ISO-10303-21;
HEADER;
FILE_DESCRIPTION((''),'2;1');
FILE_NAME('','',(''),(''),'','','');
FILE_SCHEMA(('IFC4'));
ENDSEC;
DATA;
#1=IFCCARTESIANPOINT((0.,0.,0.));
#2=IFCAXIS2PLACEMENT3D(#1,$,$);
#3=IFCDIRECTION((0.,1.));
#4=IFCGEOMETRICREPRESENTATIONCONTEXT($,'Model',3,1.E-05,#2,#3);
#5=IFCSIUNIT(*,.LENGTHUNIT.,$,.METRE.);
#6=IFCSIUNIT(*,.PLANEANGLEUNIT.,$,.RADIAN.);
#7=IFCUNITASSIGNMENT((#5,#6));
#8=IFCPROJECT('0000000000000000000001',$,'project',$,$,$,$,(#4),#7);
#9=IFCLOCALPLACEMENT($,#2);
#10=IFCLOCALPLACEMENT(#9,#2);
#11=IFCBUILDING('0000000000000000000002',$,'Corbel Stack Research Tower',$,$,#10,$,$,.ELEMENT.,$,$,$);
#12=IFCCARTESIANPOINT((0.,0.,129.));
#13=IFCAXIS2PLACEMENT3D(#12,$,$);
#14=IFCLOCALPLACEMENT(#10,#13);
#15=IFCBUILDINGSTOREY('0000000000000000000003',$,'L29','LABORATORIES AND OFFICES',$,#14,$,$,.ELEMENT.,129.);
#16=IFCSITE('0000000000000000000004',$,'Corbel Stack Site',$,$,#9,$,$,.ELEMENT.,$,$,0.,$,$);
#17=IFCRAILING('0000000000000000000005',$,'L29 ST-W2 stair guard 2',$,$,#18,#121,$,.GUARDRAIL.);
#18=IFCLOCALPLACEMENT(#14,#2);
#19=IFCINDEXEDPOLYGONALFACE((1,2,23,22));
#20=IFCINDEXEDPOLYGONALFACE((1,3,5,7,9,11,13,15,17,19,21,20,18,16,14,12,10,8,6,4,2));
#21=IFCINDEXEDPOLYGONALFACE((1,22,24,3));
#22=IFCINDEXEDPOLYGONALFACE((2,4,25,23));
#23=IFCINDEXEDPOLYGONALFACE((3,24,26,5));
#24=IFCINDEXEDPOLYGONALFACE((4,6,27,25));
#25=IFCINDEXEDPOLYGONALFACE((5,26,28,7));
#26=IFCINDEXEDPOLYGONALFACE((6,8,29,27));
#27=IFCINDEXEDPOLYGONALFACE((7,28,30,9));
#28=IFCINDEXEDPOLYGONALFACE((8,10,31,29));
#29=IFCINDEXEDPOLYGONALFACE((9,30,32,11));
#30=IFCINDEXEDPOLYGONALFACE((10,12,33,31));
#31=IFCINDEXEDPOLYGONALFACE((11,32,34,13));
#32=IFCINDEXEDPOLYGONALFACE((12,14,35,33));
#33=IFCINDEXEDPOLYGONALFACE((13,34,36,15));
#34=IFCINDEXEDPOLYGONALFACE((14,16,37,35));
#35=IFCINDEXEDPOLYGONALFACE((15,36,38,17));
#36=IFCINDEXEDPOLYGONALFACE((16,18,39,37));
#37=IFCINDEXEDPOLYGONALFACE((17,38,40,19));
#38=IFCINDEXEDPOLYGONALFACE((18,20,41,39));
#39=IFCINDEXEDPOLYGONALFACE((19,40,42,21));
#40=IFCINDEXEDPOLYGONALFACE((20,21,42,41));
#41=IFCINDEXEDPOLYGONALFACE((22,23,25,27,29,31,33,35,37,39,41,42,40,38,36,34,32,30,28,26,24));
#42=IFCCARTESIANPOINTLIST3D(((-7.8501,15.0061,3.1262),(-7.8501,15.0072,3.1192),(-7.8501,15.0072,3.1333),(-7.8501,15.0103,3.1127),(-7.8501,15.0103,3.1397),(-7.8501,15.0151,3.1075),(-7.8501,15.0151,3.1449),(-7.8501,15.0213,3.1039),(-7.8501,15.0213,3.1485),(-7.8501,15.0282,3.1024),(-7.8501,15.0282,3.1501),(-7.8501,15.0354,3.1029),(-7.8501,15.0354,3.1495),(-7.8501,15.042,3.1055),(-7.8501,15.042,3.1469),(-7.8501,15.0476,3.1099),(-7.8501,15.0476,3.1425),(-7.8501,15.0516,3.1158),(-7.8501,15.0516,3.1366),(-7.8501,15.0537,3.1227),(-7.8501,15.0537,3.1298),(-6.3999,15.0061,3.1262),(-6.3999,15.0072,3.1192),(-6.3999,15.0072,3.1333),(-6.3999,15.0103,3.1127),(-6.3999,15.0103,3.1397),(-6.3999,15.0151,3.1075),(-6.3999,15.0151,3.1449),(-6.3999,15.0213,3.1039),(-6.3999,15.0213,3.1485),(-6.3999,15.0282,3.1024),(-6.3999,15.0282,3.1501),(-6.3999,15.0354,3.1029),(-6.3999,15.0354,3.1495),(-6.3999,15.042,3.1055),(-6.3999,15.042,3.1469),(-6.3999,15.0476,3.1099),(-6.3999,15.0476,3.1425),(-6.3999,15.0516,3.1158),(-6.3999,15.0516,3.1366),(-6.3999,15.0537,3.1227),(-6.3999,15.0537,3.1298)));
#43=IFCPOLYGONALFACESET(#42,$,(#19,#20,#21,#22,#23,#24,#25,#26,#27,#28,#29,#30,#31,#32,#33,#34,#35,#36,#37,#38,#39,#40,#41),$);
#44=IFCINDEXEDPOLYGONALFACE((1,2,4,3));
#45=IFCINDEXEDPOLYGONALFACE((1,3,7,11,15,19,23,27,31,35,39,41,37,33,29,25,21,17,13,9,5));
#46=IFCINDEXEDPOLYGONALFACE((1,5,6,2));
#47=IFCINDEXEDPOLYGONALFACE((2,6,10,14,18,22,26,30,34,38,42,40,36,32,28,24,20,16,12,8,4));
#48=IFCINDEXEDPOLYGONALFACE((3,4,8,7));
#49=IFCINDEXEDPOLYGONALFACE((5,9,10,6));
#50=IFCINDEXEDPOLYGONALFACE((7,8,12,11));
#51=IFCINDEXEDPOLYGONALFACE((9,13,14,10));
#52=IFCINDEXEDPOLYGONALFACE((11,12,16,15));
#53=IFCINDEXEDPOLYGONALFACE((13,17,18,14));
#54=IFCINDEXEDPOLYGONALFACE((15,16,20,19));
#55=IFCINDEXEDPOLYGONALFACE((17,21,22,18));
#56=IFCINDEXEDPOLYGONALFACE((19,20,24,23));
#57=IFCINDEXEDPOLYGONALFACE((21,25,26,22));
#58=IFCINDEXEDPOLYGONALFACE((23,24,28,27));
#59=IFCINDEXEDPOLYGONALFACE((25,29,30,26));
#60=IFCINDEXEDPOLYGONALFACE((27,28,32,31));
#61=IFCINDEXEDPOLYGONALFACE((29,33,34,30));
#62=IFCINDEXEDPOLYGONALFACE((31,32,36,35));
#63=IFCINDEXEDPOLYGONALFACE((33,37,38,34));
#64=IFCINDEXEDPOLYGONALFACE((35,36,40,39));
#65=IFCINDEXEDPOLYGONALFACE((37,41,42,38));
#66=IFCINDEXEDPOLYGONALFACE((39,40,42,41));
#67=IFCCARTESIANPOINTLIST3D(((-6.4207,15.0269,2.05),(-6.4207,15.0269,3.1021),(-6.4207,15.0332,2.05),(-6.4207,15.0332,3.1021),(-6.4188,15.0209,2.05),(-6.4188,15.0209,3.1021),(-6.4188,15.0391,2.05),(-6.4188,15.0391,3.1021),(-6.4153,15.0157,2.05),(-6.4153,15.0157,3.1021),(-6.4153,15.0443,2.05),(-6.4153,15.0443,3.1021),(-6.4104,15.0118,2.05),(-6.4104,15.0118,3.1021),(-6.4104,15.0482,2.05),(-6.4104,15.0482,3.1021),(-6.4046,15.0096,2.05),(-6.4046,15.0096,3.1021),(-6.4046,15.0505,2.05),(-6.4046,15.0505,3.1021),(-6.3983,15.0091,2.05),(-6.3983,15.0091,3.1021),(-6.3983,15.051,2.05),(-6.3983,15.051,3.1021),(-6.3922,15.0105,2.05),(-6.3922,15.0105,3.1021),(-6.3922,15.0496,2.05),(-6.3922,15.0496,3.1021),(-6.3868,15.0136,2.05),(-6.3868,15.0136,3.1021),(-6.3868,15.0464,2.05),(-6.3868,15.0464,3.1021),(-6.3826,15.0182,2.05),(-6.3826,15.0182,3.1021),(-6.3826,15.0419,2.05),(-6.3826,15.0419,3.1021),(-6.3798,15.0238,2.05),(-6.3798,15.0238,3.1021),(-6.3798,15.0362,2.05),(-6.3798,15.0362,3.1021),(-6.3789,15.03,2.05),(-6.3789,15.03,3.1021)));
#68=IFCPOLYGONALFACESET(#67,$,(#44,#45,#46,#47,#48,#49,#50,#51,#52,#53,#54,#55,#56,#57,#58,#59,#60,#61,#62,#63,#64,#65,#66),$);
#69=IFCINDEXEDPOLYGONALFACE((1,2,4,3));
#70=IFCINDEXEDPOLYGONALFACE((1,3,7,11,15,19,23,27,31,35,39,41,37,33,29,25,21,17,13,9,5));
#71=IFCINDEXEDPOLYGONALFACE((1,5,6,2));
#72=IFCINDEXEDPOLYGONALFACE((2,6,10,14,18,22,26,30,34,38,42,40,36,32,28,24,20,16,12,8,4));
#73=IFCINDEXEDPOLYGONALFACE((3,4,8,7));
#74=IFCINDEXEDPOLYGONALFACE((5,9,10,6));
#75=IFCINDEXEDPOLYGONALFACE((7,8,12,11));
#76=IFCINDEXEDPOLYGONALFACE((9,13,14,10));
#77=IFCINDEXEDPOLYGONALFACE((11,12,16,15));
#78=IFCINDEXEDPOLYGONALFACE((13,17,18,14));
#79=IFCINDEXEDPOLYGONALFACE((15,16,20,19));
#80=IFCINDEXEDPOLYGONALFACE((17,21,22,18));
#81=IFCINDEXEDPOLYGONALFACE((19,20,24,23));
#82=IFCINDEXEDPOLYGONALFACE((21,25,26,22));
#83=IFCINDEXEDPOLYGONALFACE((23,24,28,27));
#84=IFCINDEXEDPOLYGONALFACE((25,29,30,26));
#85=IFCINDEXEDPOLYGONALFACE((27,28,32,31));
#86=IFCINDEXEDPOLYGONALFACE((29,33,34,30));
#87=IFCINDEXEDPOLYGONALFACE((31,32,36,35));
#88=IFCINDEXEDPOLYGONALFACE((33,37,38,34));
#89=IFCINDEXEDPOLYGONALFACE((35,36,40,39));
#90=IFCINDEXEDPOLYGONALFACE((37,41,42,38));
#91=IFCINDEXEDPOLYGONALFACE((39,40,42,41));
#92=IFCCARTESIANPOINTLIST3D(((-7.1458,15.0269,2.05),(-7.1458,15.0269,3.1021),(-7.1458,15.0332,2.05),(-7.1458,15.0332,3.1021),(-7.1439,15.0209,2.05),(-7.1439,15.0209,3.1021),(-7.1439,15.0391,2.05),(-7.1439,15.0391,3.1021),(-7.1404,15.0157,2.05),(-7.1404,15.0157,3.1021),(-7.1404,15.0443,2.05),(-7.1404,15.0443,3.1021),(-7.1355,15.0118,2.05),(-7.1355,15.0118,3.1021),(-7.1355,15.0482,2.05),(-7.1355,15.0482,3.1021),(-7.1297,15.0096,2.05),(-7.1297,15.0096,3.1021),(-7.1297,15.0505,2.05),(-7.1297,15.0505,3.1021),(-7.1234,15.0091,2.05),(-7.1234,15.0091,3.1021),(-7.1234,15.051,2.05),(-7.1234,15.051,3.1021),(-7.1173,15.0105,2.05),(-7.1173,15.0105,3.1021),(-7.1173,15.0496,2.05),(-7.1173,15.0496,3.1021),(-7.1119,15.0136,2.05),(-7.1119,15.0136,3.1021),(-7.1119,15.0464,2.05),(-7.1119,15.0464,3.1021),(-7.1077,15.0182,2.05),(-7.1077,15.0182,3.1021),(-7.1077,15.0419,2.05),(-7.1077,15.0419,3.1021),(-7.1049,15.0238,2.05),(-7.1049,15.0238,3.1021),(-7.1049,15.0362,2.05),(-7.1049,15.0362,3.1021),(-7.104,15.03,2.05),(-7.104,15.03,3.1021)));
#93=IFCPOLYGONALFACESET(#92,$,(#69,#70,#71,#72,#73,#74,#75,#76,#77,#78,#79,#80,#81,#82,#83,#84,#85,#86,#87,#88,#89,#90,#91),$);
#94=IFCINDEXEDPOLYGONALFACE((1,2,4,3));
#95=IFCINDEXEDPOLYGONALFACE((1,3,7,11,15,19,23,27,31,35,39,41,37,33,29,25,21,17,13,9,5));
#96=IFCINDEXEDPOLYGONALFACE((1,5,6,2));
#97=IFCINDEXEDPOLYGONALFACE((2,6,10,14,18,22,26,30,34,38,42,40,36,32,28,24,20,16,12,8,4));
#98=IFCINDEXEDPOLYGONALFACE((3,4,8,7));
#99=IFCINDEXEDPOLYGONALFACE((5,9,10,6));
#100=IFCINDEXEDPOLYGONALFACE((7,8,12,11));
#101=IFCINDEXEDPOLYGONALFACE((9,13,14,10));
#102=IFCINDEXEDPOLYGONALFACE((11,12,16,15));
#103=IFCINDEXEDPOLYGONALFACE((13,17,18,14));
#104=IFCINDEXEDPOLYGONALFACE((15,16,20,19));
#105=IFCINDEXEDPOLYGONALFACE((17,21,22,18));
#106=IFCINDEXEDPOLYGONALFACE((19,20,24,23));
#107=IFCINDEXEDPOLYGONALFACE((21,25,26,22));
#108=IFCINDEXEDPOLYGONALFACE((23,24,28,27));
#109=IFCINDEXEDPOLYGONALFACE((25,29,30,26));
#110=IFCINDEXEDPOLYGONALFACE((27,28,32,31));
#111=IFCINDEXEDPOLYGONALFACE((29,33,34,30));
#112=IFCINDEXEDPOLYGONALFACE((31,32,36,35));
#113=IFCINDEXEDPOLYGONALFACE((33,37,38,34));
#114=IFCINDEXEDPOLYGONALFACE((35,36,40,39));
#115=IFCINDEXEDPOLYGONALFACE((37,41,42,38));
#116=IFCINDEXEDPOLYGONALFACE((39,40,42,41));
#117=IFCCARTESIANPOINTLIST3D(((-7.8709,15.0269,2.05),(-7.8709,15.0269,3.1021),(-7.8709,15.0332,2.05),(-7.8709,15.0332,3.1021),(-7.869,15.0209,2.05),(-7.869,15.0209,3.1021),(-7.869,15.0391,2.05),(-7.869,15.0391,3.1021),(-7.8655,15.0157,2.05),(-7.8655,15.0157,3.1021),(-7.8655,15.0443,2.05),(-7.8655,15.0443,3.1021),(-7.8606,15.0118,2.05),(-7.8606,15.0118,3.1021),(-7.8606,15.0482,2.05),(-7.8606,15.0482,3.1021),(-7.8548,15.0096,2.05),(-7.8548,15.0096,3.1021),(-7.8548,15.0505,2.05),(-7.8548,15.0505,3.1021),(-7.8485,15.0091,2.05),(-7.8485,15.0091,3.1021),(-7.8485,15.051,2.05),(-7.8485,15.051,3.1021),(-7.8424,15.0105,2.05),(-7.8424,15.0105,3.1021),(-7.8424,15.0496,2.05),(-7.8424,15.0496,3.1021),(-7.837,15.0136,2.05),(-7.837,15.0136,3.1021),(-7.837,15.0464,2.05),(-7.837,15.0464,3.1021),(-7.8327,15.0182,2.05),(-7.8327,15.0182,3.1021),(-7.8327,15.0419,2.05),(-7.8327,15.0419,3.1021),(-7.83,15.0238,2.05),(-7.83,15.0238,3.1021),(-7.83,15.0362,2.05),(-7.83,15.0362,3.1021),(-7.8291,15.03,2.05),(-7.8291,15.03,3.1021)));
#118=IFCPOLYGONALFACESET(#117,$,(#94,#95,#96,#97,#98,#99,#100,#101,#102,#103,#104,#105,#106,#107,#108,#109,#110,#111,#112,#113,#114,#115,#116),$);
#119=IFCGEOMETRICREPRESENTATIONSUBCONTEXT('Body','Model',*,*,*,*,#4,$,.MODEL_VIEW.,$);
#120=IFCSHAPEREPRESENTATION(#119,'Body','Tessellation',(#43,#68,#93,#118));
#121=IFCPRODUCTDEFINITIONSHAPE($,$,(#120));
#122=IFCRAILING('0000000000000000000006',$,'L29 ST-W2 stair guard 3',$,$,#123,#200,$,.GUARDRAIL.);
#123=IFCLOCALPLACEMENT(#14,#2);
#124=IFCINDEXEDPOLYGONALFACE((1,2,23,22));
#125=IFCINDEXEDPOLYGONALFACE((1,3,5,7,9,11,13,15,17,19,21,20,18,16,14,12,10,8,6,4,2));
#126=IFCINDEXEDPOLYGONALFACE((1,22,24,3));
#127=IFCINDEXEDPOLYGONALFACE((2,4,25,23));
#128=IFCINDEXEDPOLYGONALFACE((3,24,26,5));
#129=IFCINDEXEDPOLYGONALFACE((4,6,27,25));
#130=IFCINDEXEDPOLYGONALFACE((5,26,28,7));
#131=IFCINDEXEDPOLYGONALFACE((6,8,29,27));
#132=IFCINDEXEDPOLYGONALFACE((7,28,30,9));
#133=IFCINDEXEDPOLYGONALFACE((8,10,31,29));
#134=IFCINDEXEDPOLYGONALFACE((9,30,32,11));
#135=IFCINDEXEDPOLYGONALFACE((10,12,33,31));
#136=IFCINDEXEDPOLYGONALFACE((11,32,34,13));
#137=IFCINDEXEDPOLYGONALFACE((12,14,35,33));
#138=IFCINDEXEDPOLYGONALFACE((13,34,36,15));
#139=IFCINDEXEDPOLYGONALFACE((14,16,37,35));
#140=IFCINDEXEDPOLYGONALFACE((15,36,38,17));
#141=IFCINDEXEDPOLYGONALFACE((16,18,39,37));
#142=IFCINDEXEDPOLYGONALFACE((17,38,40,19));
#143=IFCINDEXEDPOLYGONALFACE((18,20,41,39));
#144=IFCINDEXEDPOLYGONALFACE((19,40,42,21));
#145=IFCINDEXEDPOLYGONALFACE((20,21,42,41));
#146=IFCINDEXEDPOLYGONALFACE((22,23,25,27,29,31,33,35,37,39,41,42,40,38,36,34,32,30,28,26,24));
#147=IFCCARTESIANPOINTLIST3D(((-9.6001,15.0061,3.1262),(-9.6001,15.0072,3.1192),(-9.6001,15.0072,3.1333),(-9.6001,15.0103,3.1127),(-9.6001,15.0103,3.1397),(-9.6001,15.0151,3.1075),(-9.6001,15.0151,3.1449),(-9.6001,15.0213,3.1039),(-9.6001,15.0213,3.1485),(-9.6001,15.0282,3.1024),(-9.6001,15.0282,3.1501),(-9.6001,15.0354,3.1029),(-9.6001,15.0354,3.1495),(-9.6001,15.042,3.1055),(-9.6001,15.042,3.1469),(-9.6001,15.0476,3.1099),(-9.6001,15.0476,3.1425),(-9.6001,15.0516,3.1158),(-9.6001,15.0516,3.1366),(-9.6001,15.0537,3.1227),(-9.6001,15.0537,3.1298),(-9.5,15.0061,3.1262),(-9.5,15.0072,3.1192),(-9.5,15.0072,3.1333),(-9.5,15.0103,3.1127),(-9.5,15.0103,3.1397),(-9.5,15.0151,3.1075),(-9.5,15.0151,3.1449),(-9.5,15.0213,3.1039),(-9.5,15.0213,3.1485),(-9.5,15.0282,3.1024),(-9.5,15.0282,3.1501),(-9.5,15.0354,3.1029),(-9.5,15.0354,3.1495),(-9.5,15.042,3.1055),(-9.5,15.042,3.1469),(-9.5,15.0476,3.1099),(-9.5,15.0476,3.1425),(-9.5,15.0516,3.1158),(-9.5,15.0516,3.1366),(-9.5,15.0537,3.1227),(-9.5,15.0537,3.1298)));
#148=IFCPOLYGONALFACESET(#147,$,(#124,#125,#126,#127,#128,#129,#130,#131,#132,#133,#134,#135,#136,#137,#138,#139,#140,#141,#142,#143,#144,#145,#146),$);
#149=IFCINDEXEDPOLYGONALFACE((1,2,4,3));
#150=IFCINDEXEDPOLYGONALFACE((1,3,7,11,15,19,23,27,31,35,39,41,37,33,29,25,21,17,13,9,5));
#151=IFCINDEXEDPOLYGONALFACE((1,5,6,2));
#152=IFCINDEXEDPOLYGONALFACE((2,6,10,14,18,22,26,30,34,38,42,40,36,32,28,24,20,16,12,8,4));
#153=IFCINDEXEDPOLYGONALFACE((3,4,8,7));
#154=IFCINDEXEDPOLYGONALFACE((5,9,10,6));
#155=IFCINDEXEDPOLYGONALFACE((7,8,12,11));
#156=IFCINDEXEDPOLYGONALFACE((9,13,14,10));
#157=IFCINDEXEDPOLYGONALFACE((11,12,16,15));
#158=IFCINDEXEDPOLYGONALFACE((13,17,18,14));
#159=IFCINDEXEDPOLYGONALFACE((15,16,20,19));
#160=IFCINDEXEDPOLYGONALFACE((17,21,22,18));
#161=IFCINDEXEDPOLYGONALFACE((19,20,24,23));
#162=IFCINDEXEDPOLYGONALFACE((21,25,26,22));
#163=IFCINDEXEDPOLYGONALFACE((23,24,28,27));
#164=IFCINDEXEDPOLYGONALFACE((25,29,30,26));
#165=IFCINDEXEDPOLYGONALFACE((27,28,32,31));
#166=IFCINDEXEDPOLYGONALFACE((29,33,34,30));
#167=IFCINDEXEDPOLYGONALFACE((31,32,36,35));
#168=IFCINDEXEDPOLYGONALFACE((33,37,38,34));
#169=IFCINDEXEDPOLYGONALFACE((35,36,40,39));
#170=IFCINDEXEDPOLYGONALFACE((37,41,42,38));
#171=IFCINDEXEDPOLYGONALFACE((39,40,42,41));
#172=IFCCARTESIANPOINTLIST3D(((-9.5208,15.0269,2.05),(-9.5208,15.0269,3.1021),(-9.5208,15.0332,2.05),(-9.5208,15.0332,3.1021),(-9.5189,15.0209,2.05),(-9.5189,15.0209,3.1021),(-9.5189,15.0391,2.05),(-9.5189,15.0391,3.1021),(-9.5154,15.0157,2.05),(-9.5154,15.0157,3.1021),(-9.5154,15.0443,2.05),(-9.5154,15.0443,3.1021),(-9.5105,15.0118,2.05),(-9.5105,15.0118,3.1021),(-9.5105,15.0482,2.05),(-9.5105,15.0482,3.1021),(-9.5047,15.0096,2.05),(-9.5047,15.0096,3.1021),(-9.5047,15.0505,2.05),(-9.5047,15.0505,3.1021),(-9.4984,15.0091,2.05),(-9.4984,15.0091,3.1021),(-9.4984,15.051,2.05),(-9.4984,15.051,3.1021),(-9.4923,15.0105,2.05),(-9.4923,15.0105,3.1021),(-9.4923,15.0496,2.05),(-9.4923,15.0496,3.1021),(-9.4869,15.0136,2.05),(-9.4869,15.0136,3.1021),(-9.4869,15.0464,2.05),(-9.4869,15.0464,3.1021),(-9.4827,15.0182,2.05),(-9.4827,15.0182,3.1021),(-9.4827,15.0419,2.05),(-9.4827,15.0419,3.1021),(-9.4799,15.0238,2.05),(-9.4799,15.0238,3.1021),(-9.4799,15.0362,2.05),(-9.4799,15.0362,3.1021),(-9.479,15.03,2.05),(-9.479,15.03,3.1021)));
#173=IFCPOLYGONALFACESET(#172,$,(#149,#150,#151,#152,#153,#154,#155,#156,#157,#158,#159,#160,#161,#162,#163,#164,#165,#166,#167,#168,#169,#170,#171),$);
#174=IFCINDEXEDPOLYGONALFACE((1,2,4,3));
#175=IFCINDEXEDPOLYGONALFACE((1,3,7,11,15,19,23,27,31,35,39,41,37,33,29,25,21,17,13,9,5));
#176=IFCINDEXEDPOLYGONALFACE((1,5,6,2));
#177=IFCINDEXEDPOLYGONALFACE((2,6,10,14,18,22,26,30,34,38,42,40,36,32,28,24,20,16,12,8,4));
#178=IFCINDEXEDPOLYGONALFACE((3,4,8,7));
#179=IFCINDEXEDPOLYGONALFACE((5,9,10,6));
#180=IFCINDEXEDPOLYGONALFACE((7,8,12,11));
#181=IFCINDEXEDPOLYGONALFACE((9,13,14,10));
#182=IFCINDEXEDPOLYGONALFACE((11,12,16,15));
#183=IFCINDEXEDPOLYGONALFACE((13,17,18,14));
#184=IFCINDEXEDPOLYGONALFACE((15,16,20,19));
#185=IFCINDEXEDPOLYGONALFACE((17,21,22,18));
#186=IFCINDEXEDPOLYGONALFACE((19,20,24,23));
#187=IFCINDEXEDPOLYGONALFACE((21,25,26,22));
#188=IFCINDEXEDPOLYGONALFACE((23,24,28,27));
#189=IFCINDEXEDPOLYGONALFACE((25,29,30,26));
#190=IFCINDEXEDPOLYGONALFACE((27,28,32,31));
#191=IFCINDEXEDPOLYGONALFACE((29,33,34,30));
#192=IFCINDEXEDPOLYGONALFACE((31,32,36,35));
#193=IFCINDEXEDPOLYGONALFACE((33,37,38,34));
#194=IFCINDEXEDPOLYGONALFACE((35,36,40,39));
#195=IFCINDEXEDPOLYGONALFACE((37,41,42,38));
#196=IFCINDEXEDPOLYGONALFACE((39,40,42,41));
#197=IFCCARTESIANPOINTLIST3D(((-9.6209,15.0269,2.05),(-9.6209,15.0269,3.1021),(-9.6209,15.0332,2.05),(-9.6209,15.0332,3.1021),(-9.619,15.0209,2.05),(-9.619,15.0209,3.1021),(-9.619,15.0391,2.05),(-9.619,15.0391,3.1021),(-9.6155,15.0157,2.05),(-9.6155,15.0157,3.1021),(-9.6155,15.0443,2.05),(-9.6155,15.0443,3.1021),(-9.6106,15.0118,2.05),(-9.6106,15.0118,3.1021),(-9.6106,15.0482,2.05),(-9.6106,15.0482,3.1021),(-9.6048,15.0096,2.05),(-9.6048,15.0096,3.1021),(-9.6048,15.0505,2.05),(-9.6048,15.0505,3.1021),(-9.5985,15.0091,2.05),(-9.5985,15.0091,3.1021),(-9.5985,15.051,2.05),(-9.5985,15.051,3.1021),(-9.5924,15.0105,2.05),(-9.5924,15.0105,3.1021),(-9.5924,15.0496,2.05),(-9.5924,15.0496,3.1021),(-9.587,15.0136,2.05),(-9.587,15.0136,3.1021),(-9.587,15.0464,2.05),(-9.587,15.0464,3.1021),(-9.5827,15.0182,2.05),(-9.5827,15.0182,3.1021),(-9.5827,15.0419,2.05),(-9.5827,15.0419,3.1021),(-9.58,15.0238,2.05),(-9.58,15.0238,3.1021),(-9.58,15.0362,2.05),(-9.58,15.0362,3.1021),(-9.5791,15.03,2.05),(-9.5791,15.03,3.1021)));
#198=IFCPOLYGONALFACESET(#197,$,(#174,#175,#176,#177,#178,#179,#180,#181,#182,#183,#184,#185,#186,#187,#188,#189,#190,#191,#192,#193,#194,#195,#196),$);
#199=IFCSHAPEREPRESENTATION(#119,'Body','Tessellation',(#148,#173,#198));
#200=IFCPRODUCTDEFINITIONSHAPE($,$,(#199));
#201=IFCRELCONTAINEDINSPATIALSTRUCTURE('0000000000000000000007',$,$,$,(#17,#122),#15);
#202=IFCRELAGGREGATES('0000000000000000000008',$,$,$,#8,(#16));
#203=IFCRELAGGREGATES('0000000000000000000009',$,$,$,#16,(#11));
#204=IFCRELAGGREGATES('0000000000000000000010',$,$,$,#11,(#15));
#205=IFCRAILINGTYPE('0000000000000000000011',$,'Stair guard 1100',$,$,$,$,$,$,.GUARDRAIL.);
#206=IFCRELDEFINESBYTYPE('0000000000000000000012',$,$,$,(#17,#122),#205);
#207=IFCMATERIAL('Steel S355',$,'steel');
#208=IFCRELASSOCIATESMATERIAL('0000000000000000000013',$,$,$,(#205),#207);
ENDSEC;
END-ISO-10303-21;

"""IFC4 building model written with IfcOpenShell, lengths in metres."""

from ifc_helpers import new_model, si_unit, direction, frame, origin, origin_2d, place, context, subcontext, project, spatial, circle, extrude, material, type_object, element, save


model = new_model("IFC4")

# Units and contexts
model_context = context("Model", 3, precision=1e-05, world=origin(), true_north=direction((0.0, 1.0)))
body_context = subcontext(model_context, "Body", "Model", "MODEL_VIEW")
ifc_project = project(units=[si_unit("LENGTHUNIT", "METRE"), si_unit("PLANEANGLEUNIT", "RADIAN")], contexts=[model_context])

# Site, building, storey
site_placement = place(None, origin())
site = spatial("IfcSite", under=ifc_project, at=site_placement, Name="Corbel Stack Site", CompositionType="ELEMENT", RefElevation=0.0)
building_placement = place(site_placement, origin())
building = spatial("IfcBuilding", under=site, at=building_placement, Name="Corbel Stack Research Tower", CompositionType="ELEMENT")
storey_placement = place(building_placement, frame((0.0, 0.0, 129.0)))
storey = spatial("IfcBuildingStorey", under=building, at=storey_placement, Name="L29", Description="LABORATORIES AND OFFICES", CompositionType="ELEMENT", Elevation=129.0)

# Railings
ifc_material_1 = material(Name="Steel S355", Category="steel")
railing_type_1 = type_object("IfcRailingType", Name="Stair guard 1100", PredefinedType="GUARDRAIL", material=ifc_material_1)
railing_1_placement = place(storey_placement, frame((-6.3999, 15.03, 2.05)))
element("IfcRailing", 1, at=railing_1_placement, inside=storey, type_object=railing_type_1, Name="L29 ST-W2 stair guard 2", PredefinedType="GUARDRAIL", context=body_context, shape_type="SweptSolid", body=[
    extrude(circle(Radius=0.0239, at=origin_2d()), frame((0.0, 0.0, 1.0762), z_axis=(-1.0, 0.0, 0.0), x_axis=(0.0, -1.0, 0.0)), (0.0, 0.0, 1.0), 1.4502),
    extrude(circle(Radius=0.021, at=origin_2d()), origin(), (0.0, 0.0, 1.0), 1.052),
    extrude(circle(Radius=0.021, at=origin_2d()), frame((-0.7251, 0.0, 0.0)), (0.0, 0.0, 1.0), 1.052),
    extrude(circle(Radius=0.021, at=origin_2d()), frame((-1.4502, 0.0, 0.0)), (0.0, 0.0, 1.0), 1.052),
])
railing_2_placement = place(storey_placement, frame((-9.5, 15.03, 2.05)))
element("IfcRailing", 2, at=railing_2_placement, inside=storey, type_object=railing_type_1, Name="L29 ST-W2 stair guard 3", PredefinedType="GUARDRAIL", context=body_context, shape_type="SweptSolid", body=[
    extrude(circle(Radius=0.0239, at=origin_2d()), frame((0.0, 0.0, 1.0762), z_axis=(-1.0, 0.0, 0.0), x_axis=(0.0, -1.0, 0.0)), (0.0, 0.0, 1.0), 0.1001),
    extrude(circle(Radius=0.021, at=origin_2d()), origin(), (0.0, 0.0, 1.0), 1.052),
    extrude(circle(Radius=0.021, at=origin_2d()), frame((-0.1001, 0.0, 0.0)), (0.0, 0.0, 1.0), 1.052),
])

save(model, "model.ifc")
